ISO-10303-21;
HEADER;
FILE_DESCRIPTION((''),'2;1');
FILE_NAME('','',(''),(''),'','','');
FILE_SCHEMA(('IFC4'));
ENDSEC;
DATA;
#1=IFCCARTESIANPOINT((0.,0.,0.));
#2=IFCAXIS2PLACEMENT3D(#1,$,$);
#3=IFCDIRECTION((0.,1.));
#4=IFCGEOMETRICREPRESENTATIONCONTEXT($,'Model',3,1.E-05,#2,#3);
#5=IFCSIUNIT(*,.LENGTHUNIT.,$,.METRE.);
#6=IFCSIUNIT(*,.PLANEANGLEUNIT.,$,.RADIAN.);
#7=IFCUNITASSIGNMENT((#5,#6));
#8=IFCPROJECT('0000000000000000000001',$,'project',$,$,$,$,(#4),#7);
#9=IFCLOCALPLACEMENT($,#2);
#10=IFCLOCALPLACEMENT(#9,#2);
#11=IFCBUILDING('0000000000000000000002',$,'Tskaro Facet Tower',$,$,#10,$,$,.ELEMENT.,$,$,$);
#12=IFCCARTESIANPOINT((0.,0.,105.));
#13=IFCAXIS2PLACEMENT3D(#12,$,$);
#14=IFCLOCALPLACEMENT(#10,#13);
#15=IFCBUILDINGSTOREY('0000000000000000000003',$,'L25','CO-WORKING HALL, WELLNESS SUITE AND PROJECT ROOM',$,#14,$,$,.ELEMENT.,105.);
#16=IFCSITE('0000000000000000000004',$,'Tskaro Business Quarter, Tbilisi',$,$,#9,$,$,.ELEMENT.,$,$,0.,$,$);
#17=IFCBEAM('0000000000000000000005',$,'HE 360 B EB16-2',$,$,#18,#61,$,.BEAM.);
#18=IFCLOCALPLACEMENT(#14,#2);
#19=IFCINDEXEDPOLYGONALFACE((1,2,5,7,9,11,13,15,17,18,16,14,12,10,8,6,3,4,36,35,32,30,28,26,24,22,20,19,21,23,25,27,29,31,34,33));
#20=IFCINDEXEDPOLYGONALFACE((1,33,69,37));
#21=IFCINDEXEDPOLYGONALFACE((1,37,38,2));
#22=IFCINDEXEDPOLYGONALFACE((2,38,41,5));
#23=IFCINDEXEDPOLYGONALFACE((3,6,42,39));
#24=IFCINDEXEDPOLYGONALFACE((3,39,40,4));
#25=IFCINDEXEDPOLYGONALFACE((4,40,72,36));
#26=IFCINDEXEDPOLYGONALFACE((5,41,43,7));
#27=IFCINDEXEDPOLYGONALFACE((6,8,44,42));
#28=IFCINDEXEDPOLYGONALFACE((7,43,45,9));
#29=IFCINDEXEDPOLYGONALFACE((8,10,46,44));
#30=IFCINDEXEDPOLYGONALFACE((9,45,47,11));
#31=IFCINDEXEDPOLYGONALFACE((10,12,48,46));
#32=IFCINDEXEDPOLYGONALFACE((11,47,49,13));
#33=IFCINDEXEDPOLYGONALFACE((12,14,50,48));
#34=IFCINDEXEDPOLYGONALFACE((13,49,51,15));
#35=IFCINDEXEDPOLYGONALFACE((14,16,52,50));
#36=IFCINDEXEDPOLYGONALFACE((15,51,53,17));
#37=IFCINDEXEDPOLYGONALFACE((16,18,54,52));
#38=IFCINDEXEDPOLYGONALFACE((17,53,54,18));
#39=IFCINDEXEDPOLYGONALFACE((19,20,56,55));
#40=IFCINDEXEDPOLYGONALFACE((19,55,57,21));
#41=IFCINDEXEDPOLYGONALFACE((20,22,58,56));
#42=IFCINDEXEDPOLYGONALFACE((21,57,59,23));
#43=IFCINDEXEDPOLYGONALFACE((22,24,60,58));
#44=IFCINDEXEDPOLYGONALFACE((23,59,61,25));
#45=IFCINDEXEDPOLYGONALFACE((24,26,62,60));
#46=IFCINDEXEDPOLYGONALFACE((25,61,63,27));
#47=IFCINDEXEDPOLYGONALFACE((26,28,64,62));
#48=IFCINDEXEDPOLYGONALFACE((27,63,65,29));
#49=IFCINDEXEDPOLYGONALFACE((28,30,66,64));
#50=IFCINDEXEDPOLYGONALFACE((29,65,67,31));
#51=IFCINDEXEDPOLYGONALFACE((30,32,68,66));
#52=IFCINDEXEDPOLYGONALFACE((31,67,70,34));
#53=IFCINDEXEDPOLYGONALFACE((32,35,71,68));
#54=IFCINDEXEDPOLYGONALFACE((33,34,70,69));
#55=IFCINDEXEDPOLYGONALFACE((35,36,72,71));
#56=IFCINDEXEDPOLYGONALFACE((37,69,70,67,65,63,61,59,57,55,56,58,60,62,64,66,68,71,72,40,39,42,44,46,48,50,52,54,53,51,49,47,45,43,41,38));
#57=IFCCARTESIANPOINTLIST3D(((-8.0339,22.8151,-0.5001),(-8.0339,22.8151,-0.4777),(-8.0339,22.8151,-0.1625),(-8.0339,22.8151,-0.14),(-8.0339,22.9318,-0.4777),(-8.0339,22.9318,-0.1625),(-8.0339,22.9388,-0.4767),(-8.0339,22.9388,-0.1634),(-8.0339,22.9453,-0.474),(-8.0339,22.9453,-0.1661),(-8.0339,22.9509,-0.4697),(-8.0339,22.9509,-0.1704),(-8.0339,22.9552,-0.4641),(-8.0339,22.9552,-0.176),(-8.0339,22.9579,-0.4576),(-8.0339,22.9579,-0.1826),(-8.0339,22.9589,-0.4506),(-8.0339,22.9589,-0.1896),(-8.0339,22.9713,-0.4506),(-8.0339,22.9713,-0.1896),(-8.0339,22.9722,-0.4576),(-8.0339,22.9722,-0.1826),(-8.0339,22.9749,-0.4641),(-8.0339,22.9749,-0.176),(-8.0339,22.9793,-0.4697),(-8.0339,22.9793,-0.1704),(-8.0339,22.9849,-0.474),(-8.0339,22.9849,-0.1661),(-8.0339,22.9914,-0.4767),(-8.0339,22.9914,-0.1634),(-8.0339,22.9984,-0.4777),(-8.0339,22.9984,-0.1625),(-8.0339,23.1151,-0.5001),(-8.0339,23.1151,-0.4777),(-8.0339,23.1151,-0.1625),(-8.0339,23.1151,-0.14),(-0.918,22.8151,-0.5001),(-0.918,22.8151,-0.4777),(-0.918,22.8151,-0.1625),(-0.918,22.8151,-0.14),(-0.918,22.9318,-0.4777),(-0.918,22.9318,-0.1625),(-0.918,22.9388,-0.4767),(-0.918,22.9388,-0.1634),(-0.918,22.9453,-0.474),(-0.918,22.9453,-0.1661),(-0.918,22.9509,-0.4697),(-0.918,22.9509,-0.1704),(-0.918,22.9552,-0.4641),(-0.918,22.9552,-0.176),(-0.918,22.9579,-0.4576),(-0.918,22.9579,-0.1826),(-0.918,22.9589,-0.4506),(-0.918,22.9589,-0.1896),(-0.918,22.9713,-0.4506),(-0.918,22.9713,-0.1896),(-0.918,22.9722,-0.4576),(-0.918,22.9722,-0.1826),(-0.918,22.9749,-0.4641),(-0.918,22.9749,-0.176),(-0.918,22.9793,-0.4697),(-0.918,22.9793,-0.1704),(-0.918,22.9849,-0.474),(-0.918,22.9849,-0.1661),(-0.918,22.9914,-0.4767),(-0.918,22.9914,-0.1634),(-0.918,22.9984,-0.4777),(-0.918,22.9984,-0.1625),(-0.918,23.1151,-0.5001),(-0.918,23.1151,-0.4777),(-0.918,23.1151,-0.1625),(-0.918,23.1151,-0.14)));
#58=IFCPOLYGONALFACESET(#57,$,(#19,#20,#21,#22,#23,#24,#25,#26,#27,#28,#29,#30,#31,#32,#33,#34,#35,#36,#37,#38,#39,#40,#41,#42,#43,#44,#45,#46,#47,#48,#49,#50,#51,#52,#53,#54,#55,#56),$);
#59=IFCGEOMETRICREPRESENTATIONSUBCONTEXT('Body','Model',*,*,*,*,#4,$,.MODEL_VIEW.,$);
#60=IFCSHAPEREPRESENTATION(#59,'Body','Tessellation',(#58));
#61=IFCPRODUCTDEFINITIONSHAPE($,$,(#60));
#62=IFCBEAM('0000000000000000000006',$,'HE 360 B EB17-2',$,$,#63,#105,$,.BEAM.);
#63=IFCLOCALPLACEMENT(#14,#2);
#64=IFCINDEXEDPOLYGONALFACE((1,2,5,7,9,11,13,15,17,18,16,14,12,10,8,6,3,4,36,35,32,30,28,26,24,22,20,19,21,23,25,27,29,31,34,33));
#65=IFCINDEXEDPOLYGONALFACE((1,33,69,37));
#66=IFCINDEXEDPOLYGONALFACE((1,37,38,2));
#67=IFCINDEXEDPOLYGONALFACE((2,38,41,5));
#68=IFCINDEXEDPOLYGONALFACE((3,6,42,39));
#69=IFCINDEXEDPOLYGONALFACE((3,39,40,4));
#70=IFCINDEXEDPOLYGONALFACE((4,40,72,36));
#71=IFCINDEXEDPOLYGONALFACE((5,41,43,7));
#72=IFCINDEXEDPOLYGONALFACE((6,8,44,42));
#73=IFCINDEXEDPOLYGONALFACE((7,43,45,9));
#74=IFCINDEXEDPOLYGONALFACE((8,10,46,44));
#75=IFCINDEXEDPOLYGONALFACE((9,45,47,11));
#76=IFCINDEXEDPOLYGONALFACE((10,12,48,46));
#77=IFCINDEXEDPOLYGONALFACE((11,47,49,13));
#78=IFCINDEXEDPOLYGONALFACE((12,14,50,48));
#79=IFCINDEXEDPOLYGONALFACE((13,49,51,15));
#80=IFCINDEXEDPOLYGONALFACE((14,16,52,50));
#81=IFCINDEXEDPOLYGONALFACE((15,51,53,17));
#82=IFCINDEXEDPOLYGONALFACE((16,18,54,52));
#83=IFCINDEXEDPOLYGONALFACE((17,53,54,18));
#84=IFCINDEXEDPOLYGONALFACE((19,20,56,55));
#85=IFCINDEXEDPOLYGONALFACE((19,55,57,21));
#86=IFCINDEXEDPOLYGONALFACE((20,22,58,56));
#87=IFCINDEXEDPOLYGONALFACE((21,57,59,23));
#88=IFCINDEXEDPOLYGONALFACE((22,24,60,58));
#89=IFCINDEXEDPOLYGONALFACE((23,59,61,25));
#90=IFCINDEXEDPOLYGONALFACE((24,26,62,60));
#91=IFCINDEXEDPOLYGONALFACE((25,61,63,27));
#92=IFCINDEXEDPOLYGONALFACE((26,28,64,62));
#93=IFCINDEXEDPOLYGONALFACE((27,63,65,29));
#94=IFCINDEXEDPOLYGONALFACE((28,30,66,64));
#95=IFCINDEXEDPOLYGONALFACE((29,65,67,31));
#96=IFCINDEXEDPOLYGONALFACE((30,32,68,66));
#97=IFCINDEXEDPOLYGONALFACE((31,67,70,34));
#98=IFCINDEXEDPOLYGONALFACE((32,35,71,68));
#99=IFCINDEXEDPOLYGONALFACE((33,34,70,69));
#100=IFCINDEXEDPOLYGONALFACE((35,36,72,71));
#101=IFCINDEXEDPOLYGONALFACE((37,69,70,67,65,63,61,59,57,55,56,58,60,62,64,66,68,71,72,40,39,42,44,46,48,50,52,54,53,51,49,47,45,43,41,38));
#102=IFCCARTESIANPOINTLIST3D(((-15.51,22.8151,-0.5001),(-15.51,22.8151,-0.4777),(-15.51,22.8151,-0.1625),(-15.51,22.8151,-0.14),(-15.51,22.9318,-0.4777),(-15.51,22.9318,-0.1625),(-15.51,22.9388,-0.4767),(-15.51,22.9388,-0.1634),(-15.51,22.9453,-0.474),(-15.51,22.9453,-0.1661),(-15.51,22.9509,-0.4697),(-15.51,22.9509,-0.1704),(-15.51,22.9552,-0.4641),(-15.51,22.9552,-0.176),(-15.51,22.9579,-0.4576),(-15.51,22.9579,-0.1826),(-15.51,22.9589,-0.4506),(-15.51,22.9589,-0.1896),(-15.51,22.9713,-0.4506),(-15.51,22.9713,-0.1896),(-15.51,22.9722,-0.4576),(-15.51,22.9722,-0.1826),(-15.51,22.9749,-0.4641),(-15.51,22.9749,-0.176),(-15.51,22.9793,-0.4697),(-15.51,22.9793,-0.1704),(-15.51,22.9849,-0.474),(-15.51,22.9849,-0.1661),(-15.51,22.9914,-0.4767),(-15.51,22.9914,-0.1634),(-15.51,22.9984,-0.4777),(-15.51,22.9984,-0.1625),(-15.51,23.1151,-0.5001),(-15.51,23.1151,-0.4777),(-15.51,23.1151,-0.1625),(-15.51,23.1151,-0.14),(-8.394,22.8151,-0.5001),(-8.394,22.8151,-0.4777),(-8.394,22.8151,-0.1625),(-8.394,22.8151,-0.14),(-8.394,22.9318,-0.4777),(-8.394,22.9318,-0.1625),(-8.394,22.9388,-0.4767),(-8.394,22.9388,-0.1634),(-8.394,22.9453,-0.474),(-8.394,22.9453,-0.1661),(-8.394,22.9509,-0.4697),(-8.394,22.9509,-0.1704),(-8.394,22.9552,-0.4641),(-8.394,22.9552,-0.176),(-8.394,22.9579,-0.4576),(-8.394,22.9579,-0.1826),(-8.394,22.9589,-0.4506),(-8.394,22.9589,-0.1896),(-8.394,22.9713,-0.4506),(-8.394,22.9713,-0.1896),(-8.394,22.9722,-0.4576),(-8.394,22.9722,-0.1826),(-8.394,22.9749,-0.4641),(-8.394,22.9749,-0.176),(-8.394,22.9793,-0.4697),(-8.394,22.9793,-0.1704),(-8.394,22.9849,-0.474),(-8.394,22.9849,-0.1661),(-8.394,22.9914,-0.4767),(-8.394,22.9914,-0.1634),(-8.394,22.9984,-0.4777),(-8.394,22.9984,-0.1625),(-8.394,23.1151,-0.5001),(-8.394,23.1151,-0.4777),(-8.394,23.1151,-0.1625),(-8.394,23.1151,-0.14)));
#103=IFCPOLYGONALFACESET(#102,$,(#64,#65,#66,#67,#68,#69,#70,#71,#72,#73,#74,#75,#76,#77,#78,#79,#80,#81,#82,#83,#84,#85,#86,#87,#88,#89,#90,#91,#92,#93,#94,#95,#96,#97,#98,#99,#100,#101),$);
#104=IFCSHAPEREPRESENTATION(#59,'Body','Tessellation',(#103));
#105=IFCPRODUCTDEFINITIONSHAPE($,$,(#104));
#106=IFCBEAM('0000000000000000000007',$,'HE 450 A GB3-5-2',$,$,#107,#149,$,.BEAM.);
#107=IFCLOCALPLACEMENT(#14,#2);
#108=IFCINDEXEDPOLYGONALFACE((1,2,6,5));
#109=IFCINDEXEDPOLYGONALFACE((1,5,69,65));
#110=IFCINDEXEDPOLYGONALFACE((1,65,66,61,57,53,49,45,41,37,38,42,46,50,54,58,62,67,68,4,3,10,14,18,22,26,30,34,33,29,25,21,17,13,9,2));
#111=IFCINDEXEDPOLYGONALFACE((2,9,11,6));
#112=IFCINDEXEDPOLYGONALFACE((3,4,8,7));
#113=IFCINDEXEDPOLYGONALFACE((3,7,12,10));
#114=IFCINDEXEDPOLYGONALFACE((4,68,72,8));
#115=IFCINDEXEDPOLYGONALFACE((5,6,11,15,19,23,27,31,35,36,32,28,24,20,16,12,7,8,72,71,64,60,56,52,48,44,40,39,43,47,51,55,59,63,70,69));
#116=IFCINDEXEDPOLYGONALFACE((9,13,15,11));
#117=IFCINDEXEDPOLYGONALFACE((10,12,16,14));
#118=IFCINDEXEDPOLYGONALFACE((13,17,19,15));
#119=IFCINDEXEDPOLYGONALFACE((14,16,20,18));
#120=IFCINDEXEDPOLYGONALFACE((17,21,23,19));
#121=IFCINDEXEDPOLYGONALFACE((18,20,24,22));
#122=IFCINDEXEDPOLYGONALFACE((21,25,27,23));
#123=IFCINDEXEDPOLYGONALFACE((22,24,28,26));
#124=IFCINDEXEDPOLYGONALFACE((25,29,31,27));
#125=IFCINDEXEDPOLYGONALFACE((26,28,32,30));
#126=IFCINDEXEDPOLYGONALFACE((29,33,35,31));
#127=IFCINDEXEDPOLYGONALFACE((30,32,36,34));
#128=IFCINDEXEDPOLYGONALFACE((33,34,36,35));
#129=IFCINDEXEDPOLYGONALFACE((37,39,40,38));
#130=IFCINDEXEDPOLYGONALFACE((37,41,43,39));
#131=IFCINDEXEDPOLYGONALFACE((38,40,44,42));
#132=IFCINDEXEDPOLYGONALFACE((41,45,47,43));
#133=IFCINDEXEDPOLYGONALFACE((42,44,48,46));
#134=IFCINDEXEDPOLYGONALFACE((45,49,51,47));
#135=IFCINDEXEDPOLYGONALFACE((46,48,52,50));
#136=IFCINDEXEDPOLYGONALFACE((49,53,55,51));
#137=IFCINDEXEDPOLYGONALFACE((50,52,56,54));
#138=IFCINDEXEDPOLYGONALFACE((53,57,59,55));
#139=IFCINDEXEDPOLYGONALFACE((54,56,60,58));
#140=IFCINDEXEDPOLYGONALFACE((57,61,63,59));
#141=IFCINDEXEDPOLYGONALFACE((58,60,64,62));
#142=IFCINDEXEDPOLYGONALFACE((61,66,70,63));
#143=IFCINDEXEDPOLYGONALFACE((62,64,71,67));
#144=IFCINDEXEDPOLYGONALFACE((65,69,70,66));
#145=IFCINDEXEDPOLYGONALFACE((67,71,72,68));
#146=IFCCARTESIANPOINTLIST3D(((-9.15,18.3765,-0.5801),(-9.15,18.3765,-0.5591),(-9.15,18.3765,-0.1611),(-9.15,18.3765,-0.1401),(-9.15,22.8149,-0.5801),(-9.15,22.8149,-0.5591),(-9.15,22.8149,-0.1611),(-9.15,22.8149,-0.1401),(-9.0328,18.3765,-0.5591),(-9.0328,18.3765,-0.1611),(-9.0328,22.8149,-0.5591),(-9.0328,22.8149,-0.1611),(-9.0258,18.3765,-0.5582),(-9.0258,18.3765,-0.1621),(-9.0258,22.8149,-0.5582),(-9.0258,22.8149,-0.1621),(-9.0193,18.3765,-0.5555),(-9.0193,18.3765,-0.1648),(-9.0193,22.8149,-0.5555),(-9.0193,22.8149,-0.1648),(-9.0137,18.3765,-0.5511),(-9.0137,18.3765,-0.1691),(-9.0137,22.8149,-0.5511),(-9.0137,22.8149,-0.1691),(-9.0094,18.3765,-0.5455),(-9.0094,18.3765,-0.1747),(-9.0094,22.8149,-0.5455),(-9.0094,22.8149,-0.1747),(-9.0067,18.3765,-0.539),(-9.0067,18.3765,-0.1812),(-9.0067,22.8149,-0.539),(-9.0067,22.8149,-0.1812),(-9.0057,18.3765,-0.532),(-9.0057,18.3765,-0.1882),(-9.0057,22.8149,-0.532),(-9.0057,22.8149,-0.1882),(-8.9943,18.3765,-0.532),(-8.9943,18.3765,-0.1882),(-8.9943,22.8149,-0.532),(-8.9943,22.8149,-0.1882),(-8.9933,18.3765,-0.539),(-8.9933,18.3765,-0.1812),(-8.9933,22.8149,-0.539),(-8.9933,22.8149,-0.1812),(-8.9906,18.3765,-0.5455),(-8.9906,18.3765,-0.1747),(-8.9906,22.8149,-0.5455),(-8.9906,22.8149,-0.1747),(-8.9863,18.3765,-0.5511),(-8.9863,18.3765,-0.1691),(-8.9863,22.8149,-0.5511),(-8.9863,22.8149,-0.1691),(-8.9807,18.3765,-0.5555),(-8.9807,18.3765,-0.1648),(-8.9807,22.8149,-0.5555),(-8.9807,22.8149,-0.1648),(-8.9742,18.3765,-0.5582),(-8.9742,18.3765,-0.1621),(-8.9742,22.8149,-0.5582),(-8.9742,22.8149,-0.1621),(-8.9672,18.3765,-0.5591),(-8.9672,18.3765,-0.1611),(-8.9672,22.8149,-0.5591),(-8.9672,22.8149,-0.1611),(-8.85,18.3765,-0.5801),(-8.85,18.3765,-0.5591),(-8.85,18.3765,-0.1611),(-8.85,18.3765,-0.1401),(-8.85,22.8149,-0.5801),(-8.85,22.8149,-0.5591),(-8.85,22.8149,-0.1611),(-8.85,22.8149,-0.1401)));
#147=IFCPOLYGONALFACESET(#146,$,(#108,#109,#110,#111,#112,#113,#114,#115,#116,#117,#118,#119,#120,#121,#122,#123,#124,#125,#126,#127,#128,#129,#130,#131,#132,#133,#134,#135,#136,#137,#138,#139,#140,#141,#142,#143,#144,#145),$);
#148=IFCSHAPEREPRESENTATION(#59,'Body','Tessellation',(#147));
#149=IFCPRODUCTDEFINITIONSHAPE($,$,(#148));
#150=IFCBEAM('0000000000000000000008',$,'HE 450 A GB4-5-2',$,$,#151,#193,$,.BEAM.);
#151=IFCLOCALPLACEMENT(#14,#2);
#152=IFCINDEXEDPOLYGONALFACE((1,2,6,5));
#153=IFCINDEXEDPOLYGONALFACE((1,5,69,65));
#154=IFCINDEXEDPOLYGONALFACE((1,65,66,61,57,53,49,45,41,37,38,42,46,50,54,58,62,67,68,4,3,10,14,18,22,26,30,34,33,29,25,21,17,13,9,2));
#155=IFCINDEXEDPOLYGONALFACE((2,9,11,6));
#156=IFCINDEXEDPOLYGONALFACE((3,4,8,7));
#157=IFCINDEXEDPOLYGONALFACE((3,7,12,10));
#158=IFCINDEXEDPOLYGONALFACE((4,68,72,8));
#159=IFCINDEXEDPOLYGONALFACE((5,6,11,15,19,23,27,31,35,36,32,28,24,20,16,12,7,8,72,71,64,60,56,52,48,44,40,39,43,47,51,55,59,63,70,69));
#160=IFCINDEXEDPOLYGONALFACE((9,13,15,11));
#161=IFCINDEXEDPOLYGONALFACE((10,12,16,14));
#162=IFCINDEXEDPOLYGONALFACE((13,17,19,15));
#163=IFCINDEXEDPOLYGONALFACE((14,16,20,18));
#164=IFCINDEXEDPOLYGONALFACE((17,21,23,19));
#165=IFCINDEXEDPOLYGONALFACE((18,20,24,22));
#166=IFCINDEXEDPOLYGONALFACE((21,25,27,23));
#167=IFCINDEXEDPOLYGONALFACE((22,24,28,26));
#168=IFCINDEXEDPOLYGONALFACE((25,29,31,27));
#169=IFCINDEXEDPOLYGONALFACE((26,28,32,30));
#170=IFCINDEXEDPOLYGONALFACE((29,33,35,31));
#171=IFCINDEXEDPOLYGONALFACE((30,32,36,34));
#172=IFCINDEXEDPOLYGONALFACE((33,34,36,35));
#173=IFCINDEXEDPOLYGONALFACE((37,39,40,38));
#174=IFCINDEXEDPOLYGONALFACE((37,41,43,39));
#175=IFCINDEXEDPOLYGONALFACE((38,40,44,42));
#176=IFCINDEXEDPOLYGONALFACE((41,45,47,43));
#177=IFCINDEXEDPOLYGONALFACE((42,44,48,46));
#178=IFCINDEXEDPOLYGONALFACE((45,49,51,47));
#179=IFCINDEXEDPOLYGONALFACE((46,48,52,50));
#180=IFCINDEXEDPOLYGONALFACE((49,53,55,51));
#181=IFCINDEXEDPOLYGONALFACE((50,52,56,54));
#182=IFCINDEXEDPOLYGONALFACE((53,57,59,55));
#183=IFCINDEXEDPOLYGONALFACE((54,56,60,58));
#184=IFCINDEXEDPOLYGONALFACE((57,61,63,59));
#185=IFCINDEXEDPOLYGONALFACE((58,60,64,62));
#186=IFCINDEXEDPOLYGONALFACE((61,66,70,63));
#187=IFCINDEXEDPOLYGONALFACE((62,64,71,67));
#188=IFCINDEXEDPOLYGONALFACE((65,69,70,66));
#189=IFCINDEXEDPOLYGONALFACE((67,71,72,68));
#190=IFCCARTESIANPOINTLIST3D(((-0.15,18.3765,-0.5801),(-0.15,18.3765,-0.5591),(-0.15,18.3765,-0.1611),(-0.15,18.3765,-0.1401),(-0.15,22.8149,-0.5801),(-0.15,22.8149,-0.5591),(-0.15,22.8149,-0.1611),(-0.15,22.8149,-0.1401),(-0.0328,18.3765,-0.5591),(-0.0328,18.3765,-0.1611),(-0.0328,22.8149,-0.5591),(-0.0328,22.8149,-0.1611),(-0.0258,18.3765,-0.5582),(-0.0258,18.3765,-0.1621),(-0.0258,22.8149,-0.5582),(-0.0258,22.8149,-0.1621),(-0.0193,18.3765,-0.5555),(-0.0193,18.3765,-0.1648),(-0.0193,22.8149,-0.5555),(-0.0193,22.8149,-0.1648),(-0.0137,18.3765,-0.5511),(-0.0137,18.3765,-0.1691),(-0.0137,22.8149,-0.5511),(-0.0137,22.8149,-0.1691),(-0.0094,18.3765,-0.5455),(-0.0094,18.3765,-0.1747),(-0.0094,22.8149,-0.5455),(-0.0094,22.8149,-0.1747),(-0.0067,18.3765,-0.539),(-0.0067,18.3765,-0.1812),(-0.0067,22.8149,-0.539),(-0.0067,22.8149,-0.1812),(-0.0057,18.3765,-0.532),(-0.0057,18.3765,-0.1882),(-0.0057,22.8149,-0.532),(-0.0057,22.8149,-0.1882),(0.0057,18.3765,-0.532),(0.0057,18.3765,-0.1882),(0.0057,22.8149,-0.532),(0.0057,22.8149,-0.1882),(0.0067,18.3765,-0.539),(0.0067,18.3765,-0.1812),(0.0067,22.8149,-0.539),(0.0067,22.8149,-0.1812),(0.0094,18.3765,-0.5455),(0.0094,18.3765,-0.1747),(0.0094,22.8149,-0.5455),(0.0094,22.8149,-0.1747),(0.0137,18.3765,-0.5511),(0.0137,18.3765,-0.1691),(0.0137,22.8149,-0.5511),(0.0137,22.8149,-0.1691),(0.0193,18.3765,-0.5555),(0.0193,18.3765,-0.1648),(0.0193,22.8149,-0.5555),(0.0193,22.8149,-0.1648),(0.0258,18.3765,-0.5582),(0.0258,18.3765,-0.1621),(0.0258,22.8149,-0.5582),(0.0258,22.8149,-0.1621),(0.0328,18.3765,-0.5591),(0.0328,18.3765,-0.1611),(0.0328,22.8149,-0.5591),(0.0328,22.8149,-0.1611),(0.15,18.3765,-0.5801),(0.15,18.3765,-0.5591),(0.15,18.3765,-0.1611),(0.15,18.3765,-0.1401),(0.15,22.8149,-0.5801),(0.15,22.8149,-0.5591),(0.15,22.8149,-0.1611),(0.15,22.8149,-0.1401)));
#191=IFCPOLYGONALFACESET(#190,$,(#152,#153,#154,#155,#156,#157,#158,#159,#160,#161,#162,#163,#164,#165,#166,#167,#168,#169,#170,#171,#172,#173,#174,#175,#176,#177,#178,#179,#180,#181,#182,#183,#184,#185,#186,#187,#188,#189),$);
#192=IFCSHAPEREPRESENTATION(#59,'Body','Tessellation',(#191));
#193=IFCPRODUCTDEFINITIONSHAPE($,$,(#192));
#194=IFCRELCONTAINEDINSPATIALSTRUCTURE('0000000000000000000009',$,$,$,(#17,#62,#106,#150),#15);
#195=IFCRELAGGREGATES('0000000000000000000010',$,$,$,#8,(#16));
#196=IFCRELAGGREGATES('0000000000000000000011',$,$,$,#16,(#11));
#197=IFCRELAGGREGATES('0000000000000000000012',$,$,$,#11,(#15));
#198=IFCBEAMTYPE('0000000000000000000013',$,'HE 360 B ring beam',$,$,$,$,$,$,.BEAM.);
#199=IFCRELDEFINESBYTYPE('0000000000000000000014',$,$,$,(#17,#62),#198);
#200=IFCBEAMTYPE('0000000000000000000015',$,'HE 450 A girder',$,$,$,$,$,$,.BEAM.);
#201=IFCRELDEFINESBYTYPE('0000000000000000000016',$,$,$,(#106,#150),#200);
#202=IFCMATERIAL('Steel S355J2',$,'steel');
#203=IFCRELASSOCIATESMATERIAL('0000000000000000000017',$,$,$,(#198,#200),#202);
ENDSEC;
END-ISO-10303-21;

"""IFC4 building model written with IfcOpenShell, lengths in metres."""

from ifc_helpers import new_model, si_unit, direction, frame, origin, origin_2d, place, context, subcontext, project, spatial, i_section, extrude, material, material_profile, profile_set, type_object, element, save


model = new_model("IFC4")

# Units and contexts
model_context = context("Model", 3, precision=1e-05, world=origin(), true_north=direction((0.0, 1.0)))
body_context = subcontext(model_context, "Body", "Model", "MODEL_VIEW")
ifc_project = project(units=[si_unit("LENGTHUNIT", "METRE"), si_unit("PLANEANGLEUNIT", "RADIAN")], contexts=[model_context])

# Site, building, storey
site_placement = place(None, origin())
site = spatial("IfcSite", under=ifc_project, at=site_placement, Name="Tskaro Business Quarter, Tbilisi", CompositionType="ELEMENT", RefElevation=0.0)
building_placement = place(site_placement, origin())
building = spatial("IfcBuilding", under=site, at=building_placement, Name="Tskaro Facet Tower", CompositionType="ELEMENT")
storey_placement = place(building_placement, frame((0.0, 0.0, 105.0)))
storey = spatial("IfcBuildingStorey", under=building, at=storey_placement, Name="L25", Description="CO-WORKING HALL, WELLNESS SUITE AND PROJECT ROOM", CompositionType="ELEMENT", Elevation=105.0)

# Beams
ifc_material_1 = material(Name="Steel S355J2", Category="steel")
ifc_material_profile_1 = material_profile(ifc_material_1, i_section(OverallWidth=0.3, OverallDepth=0.3601, WebThickness=0.0125, FlangeThickness=0.0225, FilletRadius=0.0271, at=origin_2d()), Name="HE 360 B")
ifc_profile_set_1 = profile_set([ifc_material_profile_1], Name="Steel S355J2")
beam_type_1 = type_object("IfcBeamType", Name="HE 360 B ring beam", PredefinedType="BEAM", material=ifc_profile_set_1)
for number, where, z_axis, x_axis, name in (
    (1, (-0.918, 22.9651, -0.3201), (-1.0, 0.0, 0.0), (0.0, -1.0, 0.0), "HE 360 B EB16-2"),
    (2, (-8.394, 22.9651, -0.3201), (-1.0, 0.0, 0.0), (0.0, -1.0, 0.0), "HE 360 B EB17-2"),
):
    element("IfcBeam", number, at=place(storey_placement, frame(where, z_axis=z_axis, x_axis=x_axis)), inside=storey, type_object=beam_type_1, Name=name, PredefinedType="BEAM", context=body_context, shape_type="SweptSolid", body=[
        extrude(i_section(OverallWidth=0.3, OverallDepth=0.3601, WebThickness=0.0125, FlangeThickness=0.0225, FilletRadius=0.0271, at=origin_2d()), origin(), (0.0, 0.0, 1.0), 7.116),
    ])
ifc_material_profile_2 = material_profile(ifc_material_1, i_section(OverallWidth=0.3, OverallDepth=0.4399, WebThickness=0.0115, FlangeThickness=0.021, FilletRadius=0.0271, at=origin_2d()), Name="HE 450 A")
ifc_profile_set_2 = profile_set([ifc_material_profile_2], Name="Steel S355J2")
beam_type_2 = type_object("IfcBeamType", Name="HE 450 A girder", PredefinedType="BEAM", material=ifc_profile_set_2)
for number, where, z_axis, x_axis, name in (
    (3, (-9.0, 18.3765, -0.3601), (0.0, 1.0, 0.0), (-1.0, 0.0, 0.0), "HE 450 A GB3-5-2"),
    (4, (0.0, 18.3765, -0.3601), (0.0, 1.0, 0.0), (-1.0, 0.0, 0.0), "HE 450 A GB4-5-2"),
):
    element("IfcBeam", number, at=place(storey_placement, frame(where, z_axis=z_axis, x_axis=x_axis)), inside=storey, type_object=beam_type_2, Name=name, PredefinedType="BEAM", context=body_context, shape_type="SweptSolid", body=[
        extrude(i_section(OverallWidth=0.3, OverallDepth=0.4399, WebThickness=0.0115, FlangeThickness=0.021, FilletRadius=0.0271, at=origin_2d()), origin(), (0.0, 0.0, 1.0), 4.4385),
    ])

save(model, "model.ifc")
